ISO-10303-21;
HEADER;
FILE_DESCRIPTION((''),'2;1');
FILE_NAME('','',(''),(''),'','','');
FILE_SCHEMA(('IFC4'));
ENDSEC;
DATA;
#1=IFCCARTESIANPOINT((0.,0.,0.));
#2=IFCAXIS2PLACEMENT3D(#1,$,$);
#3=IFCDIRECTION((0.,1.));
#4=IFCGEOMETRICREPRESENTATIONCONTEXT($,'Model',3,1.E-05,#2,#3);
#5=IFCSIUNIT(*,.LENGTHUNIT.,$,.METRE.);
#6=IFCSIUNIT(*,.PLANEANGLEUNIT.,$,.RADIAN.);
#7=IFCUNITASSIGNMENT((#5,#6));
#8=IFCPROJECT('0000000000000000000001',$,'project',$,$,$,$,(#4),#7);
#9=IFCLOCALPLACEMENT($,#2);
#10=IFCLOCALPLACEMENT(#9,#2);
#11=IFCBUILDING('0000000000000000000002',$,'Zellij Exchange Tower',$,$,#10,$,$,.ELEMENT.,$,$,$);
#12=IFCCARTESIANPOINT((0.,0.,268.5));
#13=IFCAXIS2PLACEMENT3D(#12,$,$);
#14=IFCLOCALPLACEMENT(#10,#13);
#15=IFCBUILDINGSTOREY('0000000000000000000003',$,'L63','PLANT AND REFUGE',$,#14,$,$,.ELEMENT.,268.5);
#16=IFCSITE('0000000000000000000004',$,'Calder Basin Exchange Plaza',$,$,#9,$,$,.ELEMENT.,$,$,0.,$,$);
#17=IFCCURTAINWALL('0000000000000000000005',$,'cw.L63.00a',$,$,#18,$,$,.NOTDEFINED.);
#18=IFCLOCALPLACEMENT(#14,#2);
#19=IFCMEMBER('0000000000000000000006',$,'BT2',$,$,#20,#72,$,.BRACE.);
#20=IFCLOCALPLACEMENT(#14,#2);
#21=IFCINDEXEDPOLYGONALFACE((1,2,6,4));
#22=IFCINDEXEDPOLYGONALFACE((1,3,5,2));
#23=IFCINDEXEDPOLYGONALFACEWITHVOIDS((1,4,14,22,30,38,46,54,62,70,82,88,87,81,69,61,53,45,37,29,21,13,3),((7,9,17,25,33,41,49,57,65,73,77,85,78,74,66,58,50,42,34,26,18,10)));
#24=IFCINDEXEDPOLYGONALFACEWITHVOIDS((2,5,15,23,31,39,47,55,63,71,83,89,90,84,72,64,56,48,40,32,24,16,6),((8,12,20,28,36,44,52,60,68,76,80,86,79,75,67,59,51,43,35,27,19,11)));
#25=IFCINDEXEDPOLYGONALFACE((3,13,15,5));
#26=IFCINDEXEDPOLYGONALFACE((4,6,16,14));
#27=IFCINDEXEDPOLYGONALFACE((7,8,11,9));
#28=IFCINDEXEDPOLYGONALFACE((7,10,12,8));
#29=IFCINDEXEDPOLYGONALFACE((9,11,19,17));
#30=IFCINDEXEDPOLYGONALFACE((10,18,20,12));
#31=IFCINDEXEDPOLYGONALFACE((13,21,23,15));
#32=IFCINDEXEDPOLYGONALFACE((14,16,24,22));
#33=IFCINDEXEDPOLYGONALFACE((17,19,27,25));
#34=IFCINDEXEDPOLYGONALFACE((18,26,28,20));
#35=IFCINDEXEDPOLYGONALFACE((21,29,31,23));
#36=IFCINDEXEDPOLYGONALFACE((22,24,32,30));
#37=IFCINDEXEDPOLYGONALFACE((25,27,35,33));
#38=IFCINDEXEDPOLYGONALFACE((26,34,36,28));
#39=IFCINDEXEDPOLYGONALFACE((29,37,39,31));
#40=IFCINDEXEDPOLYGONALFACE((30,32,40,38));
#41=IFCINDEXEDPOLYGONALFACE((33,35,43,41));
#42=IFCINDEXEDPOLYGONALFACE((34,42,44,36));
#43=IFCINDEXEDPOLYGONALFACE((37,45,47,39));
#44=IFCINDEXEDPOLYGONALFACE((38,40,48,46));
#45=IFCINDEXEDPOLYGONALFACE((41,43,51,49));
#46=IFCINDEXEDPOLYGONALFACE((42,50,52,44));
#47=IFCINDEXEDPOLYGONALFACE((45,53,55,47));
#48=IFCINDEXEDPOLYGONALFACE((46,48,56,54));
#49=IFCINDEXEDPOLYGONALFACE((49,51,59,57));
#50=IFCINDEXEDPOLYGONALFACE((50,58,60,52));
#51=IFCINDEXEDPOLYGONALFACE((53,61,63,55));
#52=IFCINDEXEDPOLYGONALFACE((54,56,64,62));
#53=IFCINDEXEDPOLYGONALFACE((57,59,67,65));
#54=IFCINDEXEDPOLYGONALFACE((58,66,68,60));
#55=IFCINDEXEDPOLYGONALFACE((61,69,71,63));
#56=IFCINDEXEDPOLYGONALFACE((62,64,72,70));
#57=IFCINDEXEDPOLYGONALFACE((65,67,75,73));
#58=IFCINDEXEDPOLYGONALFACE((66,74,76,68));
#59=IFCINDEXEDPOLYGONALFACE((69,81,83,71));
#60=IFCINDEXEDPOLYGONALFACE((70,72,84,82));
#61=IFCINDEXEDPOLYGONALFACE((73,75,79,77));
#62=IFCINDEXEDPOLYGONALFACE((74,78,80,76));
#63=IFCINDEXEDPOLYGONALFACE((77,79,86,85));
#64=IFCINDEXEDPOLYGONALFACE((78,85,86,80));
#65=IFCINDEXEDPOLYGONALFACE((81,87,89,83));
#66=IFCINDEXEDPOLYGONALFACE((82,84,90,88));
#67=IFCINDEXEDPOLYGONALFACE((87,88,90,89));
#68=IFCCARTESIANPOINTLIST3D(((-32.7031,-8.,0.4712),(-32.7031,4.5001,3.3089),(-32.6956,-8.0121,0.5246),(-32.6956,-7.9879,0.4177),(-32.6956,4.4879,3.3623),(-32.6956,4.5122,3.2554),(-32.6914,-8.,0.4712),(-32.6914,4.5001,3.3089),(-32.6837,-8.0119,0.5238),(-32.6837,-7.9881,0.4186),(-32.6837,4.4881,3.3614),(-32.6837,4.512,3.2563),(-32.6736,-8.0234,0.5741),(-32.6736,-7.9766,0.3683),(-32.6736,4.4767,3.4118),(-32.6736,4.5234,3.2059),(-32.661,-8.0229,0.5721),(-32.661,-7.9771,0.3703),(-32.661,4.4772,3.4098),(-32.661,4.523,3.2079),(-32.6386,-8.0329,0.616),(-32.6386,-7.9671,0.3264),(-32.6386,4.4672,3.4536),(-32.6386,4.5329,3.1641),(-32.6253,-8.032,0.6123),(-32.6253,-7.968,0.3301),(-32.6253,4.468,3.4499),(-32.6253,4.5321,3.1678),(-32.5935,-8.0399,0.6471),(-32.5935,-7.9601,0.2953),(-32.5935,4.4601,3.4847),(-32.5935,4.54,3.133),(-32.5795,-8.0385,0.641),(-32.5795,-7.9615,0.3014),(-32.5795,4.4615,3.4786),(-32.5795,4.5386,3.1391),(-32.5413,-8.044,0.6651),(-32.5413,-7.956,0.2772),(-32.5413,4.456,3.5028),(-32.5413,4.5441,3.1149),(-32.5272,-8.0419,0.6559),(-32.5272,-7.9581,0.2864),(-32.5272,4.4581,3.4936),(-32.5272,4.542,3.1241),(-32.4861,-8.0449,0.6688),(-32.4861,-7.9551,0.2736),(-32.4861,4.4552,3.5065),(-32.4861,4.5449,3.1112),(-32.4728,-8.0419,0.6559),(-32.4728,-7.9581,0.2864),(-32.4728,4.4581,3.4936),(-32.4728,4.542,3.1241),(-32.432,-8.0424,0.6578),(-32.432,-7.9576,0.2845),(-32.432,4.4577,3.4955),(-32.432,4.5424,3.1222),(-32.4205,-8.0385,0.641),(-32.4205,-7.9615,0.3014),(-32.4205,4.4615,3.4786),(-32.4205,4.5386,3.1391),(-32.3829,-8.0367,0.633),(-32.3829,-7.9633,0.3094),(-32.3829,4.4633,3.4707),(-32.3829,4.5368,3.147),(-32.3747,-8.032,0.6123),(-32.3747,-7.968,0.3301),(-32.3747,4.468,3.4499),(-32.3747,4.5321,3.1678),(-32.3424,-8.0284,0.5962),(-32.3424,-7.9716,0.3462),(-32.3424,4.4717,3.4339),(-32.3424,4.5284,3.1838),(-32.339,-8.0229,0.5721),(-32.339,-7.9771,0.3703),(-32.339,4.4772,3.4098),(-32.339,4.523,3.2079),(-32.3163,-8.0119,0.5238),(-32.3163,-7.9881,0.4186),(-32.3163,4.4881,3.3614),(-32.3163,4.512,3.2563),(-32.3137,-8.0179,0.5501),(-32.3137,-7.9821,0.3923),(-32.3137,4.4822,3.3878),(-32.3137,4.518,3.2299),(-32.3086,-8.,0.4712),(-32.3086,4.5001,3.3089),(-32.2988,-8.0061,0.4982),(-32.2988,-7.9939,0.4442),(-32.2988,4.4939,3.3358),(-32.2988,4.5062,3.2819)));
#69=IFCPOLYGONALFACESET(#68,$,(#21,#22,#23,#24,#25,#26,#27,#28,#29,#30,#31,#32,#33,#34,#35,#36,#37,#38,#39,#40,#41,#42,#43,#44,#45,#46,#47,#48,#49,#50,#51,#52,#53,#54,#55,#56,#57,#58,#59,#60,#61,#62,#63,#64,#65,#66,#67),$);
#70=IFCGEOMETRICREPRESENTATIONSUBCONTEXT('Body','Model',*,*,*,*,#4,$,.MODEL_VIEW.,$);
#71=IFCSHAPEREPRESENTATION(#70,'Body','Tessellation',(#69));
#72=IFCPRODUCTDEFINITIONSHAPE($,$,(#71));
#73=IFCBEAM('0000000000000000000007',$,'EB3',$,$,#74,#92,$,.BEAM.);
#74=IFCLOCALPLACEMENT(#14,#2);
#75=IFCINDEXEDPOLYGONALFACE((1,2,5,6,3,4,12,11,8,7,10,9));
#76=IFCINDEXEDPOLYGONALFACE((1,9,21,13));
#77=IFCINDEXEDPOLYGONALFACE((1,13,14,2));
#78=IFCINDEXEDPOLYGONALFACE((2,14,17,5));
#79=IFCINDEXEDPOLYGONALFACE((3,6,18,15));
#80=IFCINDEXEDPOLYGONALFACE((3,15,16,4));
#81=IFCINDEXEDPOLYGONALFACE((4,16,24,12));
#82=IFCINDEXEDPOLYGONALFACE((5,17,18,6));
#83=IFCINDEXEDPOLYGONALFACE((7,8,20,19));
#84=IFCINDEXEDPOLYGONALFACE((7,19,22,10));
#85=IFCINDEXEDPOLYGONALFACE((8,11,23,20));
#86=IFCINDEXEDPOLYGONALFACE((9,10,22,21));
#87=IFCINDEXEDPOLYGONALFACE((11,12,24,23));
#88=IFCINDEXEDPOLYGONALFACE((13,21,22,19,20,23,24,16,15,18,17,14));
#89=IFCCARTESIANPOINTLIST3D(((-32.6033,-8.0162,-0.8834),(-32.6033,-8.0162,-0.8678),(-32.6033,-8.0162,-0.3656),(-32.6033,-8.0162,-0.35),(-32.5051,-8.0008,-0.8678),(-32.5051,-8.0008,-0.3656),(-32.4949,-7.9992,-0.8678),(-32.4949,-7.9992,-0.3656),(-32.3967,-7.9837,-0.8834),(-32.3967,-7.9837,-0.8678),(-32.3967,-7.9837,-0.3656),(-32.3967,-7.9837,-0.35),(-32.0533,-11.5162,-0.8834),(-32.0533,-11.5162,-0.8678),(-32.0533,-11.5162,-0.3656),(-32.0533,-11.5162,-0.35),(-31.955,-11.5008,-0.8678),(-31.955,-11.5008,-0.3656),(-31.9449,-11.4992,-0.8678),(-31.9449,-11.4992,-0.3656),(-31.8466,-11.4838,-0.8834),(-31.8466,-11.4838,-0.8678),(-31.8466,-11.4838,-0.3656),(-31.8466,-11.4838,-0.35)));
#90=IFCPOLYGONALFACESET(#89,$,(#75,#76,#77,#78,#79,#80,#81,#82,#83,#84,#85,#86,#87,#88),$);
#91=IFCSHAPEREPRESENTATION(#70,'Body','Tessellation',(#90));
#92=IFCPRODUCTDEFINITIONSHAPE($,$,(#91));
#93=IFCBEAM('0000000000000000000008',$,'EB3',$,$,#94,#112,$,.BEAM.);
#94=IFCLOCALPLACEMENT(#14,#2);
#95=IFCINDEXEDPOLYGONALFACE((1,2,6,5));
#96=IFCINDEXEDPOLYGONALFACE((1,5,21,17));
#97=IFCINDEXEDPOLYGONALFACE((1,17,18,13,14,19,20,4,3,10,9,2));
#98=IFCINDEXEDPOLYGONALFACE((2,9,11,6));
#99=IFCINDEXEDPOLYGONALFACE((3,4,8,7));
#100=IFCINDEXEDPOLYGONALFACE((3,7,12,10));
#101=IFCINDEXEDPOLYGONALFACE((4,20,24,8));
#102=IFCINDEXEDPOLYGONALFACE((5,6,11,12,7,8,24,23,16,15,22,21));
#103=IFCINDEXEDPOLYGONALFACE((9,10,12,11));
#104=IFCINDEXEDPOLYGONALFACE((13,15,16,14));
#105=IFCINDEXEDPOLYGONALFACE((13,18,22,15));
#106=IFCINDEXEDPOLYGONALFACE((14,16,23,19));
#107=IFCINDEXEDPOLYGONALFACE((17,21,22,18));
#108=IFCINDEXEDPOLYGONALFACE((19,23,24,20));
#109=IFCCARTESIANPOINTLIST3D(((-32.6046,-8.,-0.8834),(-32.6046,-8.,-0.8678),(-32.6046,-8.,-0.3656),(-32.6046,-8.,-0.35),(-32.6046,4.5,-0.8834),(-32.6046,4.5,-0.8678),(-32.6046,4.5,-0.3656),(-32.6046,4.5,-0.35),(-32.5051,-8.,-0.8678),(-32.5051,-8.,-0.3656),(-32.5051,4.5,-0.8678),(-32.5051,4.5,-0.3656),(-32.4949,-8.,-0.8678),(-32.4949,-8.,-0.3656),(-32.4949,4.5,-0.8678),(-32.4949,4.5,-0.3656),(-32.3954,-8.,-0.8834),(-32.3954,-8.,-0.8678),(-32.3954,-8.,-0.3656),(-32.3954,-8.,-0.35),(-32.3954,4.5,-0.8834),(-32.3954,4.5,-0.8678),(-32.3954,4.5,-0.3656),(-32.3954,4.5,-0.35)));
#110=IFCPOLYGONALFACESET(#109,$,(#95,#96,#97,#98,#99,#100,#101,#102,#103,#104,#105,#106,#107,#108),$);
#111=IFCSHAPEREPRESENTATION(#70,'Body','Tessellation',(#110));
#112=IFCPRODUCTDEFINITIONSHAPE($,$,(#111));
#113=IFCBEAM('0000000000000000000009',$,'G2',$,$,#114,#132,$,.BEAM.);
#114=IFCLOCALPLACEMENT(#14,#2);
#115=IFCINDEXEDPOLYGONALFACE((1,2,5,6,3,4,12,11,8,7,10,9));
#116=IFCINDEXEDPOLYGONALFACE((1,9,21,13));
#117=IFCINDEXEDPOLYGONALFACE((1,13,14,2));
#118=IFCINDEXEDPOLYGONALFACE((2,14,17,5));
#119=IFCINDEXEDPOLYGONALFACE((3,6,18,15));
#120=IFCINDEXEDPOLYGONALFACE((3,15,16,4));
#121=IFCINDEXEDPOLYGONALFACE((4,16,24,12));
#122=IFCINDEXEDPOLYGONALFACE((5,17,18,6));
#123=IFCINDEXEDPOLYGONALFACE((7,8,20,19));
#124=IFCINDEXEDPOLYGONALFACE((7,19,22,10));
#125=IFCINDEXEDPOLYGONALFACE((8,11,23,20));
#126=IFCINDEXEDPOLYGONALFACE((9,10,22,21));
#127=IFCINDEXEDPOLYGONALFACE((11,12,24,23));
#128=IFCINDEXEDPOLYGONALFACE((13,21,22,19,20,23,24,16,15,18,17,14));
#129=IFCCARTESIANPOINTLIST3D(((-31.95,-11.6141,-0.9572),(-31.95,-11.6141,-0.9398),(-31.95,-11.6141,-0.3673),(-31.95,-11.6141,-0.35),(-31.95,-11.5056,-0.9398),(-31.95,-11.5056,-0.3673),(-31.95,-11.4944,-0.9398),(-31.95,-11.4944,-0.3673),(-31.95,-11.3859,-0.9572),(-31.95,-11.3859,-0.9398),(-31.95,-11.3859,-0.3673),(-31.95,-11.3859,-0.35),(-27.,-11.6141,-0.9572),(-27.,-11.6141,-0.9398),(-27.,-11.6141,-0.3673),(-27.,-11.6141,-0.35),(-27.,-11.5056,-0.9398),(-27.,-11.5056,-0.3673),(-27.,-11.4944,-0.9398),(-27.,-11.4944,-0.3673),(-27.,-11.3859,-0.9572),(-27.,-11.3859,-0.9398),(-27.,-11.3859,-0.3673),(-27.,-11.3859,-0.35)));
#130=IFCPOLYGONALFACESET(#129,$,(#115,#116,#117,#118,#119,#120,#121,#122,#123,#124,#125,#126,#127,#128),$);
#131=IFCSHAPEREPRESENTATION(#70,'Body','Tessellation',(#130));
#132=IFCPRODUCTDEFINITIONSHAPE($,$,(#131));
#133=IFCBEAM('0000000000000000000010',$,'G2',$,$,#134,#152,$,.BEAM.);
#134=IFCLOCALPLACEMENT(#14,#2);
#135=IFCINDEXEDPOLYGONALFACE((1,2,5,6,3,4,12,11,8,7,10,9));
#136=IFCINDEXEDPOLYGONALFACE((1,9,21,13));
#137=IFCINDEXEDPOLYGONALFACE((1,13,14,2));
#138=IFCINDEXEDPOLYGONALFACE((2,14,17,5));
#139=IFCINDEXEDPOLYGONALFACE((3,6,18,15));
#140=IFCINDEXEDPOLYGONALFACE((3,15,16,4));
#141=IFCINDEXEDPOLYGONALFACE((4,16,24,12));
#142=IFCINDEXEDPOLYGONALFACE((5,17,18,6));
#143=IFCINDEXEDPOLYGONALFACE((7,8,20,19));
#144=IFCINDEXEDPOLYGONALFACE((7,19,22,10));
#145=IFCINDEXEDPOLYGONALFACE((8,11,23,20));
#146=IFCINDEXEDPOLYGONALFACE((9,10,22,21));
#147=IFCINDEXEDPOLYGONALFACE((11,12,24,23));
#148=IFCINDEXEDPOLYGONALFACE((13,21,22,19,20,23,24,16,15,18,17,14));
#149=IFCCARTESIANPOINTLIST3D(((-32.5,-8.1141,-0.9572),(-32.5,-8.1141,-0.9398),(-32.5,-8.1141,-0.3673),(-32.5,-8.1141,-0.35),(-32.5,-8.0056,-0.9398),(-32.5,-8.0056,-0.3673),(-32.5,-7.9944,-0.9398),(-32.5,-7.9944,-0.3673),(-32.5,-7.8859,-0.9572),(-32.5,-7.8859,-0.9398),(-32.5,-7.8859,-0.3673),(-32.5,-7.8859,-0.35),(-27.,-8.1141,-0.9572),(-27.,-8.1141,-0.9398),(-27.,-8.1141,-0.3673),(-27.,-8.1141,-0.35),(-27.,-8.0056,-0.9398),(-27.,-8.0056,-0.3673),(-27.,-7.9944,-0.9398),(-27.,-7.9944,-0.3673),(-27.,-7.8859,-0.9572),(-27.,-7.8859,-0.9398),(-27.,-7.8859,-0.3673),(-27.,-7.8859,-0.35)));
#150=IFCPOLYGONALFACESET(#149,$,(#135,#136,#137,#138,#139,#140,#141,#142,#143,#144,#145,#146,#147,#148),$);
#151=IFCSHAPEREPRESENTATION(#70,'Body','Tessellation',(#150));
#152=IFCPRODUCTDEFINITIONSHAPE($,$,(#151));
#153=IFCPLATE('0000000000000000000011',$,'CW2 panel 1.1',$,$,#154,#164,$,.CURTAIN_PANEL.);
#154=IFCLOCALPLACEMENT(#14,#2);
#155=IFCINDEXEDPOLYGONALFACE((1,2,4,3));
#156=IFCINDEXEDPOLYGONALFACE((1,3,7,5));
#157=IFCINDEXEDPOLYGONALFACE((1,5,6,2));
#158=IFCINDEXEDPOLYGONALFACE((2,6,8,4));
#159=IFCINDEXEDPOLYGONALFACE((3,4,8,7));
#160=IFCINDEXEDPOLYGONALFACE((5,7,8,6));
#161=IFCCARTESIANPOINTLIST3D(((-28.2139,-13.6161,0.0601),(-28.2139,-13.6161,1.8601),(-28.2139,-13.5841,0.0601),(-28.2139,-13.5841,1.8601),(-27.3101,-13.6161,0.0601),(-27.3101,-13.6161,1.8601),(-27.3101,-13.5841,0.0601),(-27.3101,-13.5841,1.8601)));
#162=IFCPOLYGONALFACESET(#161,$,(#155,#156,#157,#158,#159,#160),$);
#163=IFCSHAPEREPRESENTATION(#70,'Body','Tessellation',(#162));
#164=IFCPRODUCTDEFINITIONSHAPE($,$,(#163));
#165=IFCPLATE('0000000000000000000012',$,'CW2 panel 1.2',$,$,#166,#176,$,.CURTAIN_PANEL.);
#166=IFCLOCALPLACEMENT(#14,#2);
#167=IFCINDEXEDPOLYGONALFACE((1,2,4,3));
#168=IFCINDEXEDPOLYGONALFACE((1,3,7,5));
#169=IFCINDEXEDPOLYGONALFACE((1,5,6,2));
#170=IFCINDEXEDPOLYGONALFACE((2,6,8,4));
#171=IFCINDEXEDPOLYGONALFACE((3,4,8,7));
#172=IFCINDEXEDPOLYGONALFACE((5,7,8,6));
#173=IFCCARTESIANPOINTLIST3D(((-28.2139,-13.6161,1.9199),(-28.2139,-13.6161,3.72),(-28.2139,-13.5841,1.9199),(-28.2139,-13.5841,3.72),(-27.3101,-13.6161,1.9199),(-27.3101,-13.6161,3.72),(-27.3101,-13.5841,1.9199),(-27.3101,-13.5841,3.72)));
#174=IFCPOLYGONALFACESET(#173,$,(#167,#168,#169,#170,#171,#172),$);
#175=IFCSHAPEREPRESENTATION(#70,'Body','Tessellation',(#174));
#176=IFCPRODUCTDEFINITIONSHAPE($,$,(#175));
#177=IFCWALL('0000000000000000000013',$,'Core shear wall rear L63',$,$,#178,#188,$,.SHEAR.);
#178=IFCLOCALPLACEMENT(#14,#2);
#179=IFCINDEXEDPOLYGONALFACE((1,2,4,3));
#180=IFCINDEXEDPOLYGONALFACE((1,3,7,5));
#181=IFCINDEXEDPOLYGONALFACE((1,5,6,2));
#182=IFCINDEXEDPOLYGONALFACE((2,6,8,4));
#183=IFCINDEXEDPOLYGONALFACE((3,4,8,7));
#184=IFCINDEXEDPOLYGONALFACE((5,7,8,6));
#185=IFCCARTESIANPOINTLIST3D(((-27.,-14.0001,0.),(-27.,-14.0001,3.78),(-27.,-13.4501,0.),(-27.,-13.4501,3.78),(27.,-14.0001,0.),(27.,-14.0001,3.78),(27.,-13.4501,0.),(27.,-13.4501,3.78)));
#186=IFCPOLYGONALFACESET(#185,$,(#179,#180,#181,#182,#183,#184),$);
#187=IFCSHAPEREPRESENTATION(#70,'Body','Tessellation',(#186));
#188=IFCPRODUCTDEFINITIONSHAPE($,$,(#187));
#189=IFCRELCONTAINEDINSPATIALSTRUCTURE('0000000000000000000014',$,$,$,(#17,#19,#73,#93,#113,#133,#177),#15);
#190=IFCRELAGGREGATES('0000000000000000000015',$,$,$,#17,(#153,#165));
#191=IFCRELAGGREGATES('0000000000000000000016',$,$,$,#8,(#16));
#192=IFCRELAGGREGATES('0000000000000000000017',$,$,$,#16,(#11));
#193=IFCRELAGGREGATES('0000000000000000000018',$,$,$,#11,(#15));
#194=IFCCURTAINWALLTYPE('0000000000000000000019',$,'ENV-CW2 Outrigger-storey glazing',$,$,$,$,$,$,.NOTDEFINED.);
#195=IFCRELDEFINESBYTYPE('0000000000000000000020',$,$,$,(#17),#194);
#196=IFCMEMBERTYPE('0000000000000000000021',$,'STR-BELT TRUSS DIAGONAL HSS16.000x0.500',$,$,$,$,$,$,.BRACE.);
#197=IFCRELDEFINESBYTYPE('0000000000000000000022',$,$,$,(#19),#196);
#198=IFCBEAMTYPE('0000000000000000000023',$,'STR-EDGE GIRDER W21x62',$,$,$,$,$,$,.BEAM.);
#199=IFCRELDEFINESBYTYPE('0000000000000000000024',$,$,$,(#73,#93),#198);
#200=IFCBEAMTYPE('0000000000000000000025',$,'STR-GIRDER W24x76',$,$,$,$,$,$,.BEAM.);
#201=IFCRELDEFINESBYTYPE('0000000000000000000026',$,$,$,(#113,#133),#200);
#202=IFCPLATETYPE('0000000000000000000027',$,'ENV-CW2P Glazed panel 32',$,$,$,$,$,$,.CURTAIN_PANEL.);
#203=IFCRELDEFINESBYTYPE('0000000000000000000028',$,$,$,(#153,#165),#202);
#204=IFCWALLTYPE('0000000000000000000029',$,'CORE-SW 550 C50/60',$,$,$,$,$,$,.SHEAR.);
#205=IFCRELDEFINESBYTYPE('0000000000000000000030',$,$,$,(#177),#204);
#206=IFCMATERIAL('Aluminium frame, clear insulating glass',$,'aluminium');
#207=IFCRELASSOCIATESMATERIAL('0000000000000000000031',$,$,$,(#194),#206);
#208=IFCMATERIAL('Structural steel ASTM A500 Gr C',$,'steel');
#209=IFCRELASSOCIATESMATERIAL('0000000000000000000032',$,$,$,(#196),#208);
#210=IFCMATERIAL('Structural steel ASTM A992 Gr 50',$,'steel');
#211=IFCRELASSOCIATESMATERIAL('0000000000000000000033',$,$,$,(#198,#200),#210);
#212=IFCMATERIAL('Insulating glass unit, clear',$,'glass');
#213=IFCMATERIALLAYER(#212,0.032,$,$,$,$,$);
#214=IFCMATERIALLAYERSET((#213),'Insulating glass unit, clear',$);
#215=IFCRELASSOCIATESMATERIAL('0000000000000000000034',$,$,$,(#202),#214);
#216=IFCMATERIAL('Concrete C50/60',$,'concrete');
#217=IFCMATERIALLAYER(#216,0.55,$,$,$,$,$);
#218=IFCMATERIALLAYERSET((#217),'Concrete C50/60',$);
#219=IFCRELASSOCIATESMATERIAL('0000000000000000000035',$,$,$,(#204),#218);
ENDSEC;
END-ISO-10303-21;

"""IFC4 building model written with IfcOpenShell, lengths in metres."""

from ifc_helpers import new_model, si_unit, direction, frame, frame_2d, origin, origin_2d, place, context, subcontext, project, spatial, rectangle, hollow_circle, i_section, extrude, material, layer, layer_set, material_profile, profile_set, type_object, element, aggregate, save


model = new_model("IFC4")

# Units and contexts
model_context = context("Model", 3, precision=1e-05, world=origin(), true_north=direction((0.0, 1.0)))
body_context = subcontext(model_context, "Body", "Model", "MODEL_VIEW")
ifc_project = project(units=[si_unit("LENGTHUNIT", "METRE"), si_unit("PLANEANGLEUNIT", "RADIAN")], contexts=[model_context])

# Site, building, storey
site_placement = place(None, origin())
site = spatial("IfcSite", under=ifc_project, at=site_placement, Name="Calder Basin Exchange Plaza", CompositionType="ELEMENT", RefElevation=0.0)
building_placement = place(site_placement, origin())
building = spatial("IfcBuilding", under=site, at=building_placement, Name="Zellij Exchange Tower", CompositionType="ELEMENT")
storey_placement = place(building_placement, frame((0.0, 0.0, 268.5)))
storey = spatial("IfcBuildingStorey", under=building, at=storey_placement, Name="L63", Description="PLANT AND REFUGE", CompositionType="ELEMENT", Elevation=268.5)

# Shared definitions
ifc_material_1 = material(Name="Concrete C50/60", Category="concrete")

# Curtain wall
ifc_material_2 = material(Name="Aluminium frame, clear insulating glass", Category="aluminium")
curtain_wall_type = type_object("IfcCurtainWallType", Name="ENV-CW2 Outrigger-storey glazing", PredefinedType="NOTDEFINED", material=ifc_material_2)
curtain_wall_placement = place(storey_placement, origin())
curtain_wall = element("IfcCurtainWall", 1, at=curtain_wall_placement, inside=storey, type_object=curtain_wall_type, Name="cw.L63.00a", PredefinedType="NOTDEFINED")

# Shared definitions
ifc_material_3 = material(Name="Structural steel ASTM A992 Gr 50", Category="steel")

# Member
ifc_material_4 = material(Name="Structural steel ASTM A500 Gr C", Category="steel")
ifc_material_profile_1 = material_profile(ifc_material_4, hollow_circle(Radius=0.2031, WallThickness=0.0117, at=origin_2d()), Name="STR-BELT TRUSS DIAGONAL HSS16.000x0.500")
ifc_profile_set_1 = profile_set([ifc_material_profile_1], Name="Structural steel ASTM A500 Gr C")
member_type_1 = type_object("IfcMemberType", Name="STR-BELT TRUSS DIAGONAL HSS16.000x0.500", PredefinedType="BRACE", material=ifc_profile_set_1)
member_1_placement = place(storey_placement, frame((-32.5, -8.0, 0.4712), z_axis=(0.0, 0.975188, 0.221379), x_axis=(-1.0, 0.0, 0.0)))
element("IfcMember", 2, at=member_1_placement, inside=storey, type_object=member_type_1, Name="BT2", PredefinedType="BRACE", context=body_context, shape_type="SweptSolid", body=[
    extrude(hollow_circle(Radius=0.2031, WallThickness=0.0117, at=origin_2d()), origin(), (0.0, 0.0, 1.0), 12.8181),
])

# Beams
ifc_material_profile_2 = material_profile(ifc_material_3, i_section(OverallWidth=0.2092, OverallDepth=0.5334, WebThickness=0.0103, FlangeThickness=0.0156, at=origin_2d()), Name="W21x62")
ifc_profile_set_2 = profile_set([ifc_material_profile_2], Name="Structural steel ASTM A992 Gr 50")
beam_type_1 = type_object("IfcBeamType", Name="STR-EDGE GIRDER W21x62", PredefinedType="BEAM", material=ifc_profile_set_2)
beam_1_placement = place(storey_placement, frame((-31.95, -11.5, -0.6167), z_axis=(-0.155251, 0.987875, 0.0), x_axis=(-0.987875, -0.155251, 0.0)))
element("IfcBeam", 3, at=beam_1_placement, inside=storey, type_object=beam_type_1, Name="EB3", PredefinedType="BEAM", context=body_context, shape_type="SweptSolid", body=[
    extrude(i_section(OverallWidth=0.2092, OverallDepth=0.5334, WebThickness=0.0103, FlangeThickness=0.0156, at=origin_2d()), origin(), (0.0, 0.0, 1.0), 3.543),
])
beam_2_placement = place(storey_placement, frame((-32.5, -8.0, -0.6167), z_axis=(0.0, 1.0, 0.0), x_axis=(-1.0, 0.0, 0.0)))
element("IfcBeam", 4, at=beam_2_placement, inside=storey, type_object=beam_type_1, Name="EB3", PredefinedType="BEAM", context=body_context, shape_type="SweptSolid", body=[
    extrude(i_section(OverallWidth=0.2092, OverallDepth=0.5334, WebThickness=0.0103, FlangeThickness=0.0156, at=origin_2d()), origin(), (0.0, 0.0, 1.0), 12.5),
])
ifc_material_profile_3 = material_profile(ifc_material_3, i_section(OverallWidth=0.2283, OverallDepth=0.6072, WebThickness=0.0112, FlangeThickness=0.0173, at=origin_2d()), Name="W24x76")
ifc_profile_set_3 = profile_set([ifc_material_profile_3], Name="Structural steel ASTM A992 Gr 50")
beam_type_2 = type_object("IfcBeamType", Name="STR-GIRDER W24x76", PredefinedType="BEAM", material=ifc_profile_set_3)
beam_3_placement = place(storey_placement, frame((-31.95, -11.5, -0.6536), z_axis=(1.0, 0.0, 0.0), x_axis=(0.0, 1.0, 0.0)))
element("IfcBeam", 5, at=beam_3_placement, inside=storey, type_object=beam_type_2, Name="G2", PredefinedType="BEAM", context=body_context, shape_type="SweptSolid", body=[
    extrude(i_section(OverallWidth=0.2283, OverallDepth=0.6072, WebThickness=0.0112, FlangeThickness=0.0173, at=origin_2d()), origin(), (0.0, 0.0, 1.0), 4.95),
])
beam_4_placement = place(storey_placement, frame((-32.5, -8.0, -0.6536), z_axis=(1.0, 0.0, 0.0), x_axis=(0.0, 1.0, 0.0)))
element("IfcBeam", 6, at=beam_4_placement, inside=storey, type_object=beam_type_2, Name="G2", PredefinedType="BEAM", context=body_context, shape_type="SweptSolid", body=[
    extrude(i_section(OverallWidth=0.2283, OverallDepth=0.6072, WebThickness=0.0112, FlangeThickness=0.0173, at=origin_2d()), origin(), (0.0, 0.0, 1.0), 5.5),
])

# Plates
ifc_material_5 = material(Name="Insulating glass unit, clear", Category="glass")
ifc_layer_1 = layer(ifc_material_5, 0.032)
ifc_layer_set_1 = layer_set([ifc_layer_1], Name="Insulating glass unit, clear")
plate_type = type_object("IfcPlateType", Name="ENV-CW2P Glazed panel 32", PredefinedType="CURTAIN_PANEL", material=ifc_layer_set_1)
plate_1_placement = place(storey_placement, frame((-27.762, -13.6001, 0.0601), z_axis=(0.0, 0.0, 1.0), x_axis=(1.0, 0.0, 0.0)))
plate_1 = element("IfcPlate", 7, at=plate_1_placement, type_object=plate_type, Name="CW2 panel 1.1", PredefinedType="CURTAIN_PANEL", context=body_context, shape_type="SweptSolid", body=[
    extrude(rectangle(XDim=0.9038, YDim=0.032, at=origin_2d()), origin(), (0.0, 0.0, 1.0), 1.8),
])
plate_2_placement = place(storey_placement, frame((-27.762, -13.6001, 1.9199), z_axis=(0.0, 0.0, 1.0), x_axis=(1.0, 0.0, 0.0)))
plate_2 = element("IfcPlate", 8, at=plate_2_placement, type_object=plate_type, Name="CW2 panel 1.2", PredefinedType="CURTAIN_PANEL", context=body_context, shape_type="SweptSolid", body=[
    extrude(rectangle(XDim=0.9038, YDim=0.032, at=origin_2d()), origin(), (0.0, 0.0, 1.0), 1.8),
])
aggregate(curtain_wall, [plate_1, plate_2])

# Wall
ifc_layer_2 = layer(ifc_material_1, 0.55)
ifc_layer_set_2 = layer_set([ifc_layer_2], Name="Concrete C50/60")
wall_type_1 = type_object("IfcWallType", Name="CORE-SW 550 C50/60", PredefinedType="SHEAR", material=ifc_layer_set_2)
wall_1_placement = place(storey_placement, frame((-27.0, -13.7251, 0.0), z_axis=(0.0, 0.0, 1.0), x_axis=(1.0, 0.0, 0.0)))
element("IfcWall", 9, at=wall_1_placement, inside=storey, type_object=wall_type_1, Name="Core shear wall rear L63", PredefinedType="SHEAR", context=body_context, shape_type="SweptSolid", body=[
    extrude(rectangle(XDim=54.0, YDim=0.55, at=frame_2d((27.0, 0.0))), origin(), (0.0, 0.0, 1.0), 3.78),
])

save(model, "model.ifc")
